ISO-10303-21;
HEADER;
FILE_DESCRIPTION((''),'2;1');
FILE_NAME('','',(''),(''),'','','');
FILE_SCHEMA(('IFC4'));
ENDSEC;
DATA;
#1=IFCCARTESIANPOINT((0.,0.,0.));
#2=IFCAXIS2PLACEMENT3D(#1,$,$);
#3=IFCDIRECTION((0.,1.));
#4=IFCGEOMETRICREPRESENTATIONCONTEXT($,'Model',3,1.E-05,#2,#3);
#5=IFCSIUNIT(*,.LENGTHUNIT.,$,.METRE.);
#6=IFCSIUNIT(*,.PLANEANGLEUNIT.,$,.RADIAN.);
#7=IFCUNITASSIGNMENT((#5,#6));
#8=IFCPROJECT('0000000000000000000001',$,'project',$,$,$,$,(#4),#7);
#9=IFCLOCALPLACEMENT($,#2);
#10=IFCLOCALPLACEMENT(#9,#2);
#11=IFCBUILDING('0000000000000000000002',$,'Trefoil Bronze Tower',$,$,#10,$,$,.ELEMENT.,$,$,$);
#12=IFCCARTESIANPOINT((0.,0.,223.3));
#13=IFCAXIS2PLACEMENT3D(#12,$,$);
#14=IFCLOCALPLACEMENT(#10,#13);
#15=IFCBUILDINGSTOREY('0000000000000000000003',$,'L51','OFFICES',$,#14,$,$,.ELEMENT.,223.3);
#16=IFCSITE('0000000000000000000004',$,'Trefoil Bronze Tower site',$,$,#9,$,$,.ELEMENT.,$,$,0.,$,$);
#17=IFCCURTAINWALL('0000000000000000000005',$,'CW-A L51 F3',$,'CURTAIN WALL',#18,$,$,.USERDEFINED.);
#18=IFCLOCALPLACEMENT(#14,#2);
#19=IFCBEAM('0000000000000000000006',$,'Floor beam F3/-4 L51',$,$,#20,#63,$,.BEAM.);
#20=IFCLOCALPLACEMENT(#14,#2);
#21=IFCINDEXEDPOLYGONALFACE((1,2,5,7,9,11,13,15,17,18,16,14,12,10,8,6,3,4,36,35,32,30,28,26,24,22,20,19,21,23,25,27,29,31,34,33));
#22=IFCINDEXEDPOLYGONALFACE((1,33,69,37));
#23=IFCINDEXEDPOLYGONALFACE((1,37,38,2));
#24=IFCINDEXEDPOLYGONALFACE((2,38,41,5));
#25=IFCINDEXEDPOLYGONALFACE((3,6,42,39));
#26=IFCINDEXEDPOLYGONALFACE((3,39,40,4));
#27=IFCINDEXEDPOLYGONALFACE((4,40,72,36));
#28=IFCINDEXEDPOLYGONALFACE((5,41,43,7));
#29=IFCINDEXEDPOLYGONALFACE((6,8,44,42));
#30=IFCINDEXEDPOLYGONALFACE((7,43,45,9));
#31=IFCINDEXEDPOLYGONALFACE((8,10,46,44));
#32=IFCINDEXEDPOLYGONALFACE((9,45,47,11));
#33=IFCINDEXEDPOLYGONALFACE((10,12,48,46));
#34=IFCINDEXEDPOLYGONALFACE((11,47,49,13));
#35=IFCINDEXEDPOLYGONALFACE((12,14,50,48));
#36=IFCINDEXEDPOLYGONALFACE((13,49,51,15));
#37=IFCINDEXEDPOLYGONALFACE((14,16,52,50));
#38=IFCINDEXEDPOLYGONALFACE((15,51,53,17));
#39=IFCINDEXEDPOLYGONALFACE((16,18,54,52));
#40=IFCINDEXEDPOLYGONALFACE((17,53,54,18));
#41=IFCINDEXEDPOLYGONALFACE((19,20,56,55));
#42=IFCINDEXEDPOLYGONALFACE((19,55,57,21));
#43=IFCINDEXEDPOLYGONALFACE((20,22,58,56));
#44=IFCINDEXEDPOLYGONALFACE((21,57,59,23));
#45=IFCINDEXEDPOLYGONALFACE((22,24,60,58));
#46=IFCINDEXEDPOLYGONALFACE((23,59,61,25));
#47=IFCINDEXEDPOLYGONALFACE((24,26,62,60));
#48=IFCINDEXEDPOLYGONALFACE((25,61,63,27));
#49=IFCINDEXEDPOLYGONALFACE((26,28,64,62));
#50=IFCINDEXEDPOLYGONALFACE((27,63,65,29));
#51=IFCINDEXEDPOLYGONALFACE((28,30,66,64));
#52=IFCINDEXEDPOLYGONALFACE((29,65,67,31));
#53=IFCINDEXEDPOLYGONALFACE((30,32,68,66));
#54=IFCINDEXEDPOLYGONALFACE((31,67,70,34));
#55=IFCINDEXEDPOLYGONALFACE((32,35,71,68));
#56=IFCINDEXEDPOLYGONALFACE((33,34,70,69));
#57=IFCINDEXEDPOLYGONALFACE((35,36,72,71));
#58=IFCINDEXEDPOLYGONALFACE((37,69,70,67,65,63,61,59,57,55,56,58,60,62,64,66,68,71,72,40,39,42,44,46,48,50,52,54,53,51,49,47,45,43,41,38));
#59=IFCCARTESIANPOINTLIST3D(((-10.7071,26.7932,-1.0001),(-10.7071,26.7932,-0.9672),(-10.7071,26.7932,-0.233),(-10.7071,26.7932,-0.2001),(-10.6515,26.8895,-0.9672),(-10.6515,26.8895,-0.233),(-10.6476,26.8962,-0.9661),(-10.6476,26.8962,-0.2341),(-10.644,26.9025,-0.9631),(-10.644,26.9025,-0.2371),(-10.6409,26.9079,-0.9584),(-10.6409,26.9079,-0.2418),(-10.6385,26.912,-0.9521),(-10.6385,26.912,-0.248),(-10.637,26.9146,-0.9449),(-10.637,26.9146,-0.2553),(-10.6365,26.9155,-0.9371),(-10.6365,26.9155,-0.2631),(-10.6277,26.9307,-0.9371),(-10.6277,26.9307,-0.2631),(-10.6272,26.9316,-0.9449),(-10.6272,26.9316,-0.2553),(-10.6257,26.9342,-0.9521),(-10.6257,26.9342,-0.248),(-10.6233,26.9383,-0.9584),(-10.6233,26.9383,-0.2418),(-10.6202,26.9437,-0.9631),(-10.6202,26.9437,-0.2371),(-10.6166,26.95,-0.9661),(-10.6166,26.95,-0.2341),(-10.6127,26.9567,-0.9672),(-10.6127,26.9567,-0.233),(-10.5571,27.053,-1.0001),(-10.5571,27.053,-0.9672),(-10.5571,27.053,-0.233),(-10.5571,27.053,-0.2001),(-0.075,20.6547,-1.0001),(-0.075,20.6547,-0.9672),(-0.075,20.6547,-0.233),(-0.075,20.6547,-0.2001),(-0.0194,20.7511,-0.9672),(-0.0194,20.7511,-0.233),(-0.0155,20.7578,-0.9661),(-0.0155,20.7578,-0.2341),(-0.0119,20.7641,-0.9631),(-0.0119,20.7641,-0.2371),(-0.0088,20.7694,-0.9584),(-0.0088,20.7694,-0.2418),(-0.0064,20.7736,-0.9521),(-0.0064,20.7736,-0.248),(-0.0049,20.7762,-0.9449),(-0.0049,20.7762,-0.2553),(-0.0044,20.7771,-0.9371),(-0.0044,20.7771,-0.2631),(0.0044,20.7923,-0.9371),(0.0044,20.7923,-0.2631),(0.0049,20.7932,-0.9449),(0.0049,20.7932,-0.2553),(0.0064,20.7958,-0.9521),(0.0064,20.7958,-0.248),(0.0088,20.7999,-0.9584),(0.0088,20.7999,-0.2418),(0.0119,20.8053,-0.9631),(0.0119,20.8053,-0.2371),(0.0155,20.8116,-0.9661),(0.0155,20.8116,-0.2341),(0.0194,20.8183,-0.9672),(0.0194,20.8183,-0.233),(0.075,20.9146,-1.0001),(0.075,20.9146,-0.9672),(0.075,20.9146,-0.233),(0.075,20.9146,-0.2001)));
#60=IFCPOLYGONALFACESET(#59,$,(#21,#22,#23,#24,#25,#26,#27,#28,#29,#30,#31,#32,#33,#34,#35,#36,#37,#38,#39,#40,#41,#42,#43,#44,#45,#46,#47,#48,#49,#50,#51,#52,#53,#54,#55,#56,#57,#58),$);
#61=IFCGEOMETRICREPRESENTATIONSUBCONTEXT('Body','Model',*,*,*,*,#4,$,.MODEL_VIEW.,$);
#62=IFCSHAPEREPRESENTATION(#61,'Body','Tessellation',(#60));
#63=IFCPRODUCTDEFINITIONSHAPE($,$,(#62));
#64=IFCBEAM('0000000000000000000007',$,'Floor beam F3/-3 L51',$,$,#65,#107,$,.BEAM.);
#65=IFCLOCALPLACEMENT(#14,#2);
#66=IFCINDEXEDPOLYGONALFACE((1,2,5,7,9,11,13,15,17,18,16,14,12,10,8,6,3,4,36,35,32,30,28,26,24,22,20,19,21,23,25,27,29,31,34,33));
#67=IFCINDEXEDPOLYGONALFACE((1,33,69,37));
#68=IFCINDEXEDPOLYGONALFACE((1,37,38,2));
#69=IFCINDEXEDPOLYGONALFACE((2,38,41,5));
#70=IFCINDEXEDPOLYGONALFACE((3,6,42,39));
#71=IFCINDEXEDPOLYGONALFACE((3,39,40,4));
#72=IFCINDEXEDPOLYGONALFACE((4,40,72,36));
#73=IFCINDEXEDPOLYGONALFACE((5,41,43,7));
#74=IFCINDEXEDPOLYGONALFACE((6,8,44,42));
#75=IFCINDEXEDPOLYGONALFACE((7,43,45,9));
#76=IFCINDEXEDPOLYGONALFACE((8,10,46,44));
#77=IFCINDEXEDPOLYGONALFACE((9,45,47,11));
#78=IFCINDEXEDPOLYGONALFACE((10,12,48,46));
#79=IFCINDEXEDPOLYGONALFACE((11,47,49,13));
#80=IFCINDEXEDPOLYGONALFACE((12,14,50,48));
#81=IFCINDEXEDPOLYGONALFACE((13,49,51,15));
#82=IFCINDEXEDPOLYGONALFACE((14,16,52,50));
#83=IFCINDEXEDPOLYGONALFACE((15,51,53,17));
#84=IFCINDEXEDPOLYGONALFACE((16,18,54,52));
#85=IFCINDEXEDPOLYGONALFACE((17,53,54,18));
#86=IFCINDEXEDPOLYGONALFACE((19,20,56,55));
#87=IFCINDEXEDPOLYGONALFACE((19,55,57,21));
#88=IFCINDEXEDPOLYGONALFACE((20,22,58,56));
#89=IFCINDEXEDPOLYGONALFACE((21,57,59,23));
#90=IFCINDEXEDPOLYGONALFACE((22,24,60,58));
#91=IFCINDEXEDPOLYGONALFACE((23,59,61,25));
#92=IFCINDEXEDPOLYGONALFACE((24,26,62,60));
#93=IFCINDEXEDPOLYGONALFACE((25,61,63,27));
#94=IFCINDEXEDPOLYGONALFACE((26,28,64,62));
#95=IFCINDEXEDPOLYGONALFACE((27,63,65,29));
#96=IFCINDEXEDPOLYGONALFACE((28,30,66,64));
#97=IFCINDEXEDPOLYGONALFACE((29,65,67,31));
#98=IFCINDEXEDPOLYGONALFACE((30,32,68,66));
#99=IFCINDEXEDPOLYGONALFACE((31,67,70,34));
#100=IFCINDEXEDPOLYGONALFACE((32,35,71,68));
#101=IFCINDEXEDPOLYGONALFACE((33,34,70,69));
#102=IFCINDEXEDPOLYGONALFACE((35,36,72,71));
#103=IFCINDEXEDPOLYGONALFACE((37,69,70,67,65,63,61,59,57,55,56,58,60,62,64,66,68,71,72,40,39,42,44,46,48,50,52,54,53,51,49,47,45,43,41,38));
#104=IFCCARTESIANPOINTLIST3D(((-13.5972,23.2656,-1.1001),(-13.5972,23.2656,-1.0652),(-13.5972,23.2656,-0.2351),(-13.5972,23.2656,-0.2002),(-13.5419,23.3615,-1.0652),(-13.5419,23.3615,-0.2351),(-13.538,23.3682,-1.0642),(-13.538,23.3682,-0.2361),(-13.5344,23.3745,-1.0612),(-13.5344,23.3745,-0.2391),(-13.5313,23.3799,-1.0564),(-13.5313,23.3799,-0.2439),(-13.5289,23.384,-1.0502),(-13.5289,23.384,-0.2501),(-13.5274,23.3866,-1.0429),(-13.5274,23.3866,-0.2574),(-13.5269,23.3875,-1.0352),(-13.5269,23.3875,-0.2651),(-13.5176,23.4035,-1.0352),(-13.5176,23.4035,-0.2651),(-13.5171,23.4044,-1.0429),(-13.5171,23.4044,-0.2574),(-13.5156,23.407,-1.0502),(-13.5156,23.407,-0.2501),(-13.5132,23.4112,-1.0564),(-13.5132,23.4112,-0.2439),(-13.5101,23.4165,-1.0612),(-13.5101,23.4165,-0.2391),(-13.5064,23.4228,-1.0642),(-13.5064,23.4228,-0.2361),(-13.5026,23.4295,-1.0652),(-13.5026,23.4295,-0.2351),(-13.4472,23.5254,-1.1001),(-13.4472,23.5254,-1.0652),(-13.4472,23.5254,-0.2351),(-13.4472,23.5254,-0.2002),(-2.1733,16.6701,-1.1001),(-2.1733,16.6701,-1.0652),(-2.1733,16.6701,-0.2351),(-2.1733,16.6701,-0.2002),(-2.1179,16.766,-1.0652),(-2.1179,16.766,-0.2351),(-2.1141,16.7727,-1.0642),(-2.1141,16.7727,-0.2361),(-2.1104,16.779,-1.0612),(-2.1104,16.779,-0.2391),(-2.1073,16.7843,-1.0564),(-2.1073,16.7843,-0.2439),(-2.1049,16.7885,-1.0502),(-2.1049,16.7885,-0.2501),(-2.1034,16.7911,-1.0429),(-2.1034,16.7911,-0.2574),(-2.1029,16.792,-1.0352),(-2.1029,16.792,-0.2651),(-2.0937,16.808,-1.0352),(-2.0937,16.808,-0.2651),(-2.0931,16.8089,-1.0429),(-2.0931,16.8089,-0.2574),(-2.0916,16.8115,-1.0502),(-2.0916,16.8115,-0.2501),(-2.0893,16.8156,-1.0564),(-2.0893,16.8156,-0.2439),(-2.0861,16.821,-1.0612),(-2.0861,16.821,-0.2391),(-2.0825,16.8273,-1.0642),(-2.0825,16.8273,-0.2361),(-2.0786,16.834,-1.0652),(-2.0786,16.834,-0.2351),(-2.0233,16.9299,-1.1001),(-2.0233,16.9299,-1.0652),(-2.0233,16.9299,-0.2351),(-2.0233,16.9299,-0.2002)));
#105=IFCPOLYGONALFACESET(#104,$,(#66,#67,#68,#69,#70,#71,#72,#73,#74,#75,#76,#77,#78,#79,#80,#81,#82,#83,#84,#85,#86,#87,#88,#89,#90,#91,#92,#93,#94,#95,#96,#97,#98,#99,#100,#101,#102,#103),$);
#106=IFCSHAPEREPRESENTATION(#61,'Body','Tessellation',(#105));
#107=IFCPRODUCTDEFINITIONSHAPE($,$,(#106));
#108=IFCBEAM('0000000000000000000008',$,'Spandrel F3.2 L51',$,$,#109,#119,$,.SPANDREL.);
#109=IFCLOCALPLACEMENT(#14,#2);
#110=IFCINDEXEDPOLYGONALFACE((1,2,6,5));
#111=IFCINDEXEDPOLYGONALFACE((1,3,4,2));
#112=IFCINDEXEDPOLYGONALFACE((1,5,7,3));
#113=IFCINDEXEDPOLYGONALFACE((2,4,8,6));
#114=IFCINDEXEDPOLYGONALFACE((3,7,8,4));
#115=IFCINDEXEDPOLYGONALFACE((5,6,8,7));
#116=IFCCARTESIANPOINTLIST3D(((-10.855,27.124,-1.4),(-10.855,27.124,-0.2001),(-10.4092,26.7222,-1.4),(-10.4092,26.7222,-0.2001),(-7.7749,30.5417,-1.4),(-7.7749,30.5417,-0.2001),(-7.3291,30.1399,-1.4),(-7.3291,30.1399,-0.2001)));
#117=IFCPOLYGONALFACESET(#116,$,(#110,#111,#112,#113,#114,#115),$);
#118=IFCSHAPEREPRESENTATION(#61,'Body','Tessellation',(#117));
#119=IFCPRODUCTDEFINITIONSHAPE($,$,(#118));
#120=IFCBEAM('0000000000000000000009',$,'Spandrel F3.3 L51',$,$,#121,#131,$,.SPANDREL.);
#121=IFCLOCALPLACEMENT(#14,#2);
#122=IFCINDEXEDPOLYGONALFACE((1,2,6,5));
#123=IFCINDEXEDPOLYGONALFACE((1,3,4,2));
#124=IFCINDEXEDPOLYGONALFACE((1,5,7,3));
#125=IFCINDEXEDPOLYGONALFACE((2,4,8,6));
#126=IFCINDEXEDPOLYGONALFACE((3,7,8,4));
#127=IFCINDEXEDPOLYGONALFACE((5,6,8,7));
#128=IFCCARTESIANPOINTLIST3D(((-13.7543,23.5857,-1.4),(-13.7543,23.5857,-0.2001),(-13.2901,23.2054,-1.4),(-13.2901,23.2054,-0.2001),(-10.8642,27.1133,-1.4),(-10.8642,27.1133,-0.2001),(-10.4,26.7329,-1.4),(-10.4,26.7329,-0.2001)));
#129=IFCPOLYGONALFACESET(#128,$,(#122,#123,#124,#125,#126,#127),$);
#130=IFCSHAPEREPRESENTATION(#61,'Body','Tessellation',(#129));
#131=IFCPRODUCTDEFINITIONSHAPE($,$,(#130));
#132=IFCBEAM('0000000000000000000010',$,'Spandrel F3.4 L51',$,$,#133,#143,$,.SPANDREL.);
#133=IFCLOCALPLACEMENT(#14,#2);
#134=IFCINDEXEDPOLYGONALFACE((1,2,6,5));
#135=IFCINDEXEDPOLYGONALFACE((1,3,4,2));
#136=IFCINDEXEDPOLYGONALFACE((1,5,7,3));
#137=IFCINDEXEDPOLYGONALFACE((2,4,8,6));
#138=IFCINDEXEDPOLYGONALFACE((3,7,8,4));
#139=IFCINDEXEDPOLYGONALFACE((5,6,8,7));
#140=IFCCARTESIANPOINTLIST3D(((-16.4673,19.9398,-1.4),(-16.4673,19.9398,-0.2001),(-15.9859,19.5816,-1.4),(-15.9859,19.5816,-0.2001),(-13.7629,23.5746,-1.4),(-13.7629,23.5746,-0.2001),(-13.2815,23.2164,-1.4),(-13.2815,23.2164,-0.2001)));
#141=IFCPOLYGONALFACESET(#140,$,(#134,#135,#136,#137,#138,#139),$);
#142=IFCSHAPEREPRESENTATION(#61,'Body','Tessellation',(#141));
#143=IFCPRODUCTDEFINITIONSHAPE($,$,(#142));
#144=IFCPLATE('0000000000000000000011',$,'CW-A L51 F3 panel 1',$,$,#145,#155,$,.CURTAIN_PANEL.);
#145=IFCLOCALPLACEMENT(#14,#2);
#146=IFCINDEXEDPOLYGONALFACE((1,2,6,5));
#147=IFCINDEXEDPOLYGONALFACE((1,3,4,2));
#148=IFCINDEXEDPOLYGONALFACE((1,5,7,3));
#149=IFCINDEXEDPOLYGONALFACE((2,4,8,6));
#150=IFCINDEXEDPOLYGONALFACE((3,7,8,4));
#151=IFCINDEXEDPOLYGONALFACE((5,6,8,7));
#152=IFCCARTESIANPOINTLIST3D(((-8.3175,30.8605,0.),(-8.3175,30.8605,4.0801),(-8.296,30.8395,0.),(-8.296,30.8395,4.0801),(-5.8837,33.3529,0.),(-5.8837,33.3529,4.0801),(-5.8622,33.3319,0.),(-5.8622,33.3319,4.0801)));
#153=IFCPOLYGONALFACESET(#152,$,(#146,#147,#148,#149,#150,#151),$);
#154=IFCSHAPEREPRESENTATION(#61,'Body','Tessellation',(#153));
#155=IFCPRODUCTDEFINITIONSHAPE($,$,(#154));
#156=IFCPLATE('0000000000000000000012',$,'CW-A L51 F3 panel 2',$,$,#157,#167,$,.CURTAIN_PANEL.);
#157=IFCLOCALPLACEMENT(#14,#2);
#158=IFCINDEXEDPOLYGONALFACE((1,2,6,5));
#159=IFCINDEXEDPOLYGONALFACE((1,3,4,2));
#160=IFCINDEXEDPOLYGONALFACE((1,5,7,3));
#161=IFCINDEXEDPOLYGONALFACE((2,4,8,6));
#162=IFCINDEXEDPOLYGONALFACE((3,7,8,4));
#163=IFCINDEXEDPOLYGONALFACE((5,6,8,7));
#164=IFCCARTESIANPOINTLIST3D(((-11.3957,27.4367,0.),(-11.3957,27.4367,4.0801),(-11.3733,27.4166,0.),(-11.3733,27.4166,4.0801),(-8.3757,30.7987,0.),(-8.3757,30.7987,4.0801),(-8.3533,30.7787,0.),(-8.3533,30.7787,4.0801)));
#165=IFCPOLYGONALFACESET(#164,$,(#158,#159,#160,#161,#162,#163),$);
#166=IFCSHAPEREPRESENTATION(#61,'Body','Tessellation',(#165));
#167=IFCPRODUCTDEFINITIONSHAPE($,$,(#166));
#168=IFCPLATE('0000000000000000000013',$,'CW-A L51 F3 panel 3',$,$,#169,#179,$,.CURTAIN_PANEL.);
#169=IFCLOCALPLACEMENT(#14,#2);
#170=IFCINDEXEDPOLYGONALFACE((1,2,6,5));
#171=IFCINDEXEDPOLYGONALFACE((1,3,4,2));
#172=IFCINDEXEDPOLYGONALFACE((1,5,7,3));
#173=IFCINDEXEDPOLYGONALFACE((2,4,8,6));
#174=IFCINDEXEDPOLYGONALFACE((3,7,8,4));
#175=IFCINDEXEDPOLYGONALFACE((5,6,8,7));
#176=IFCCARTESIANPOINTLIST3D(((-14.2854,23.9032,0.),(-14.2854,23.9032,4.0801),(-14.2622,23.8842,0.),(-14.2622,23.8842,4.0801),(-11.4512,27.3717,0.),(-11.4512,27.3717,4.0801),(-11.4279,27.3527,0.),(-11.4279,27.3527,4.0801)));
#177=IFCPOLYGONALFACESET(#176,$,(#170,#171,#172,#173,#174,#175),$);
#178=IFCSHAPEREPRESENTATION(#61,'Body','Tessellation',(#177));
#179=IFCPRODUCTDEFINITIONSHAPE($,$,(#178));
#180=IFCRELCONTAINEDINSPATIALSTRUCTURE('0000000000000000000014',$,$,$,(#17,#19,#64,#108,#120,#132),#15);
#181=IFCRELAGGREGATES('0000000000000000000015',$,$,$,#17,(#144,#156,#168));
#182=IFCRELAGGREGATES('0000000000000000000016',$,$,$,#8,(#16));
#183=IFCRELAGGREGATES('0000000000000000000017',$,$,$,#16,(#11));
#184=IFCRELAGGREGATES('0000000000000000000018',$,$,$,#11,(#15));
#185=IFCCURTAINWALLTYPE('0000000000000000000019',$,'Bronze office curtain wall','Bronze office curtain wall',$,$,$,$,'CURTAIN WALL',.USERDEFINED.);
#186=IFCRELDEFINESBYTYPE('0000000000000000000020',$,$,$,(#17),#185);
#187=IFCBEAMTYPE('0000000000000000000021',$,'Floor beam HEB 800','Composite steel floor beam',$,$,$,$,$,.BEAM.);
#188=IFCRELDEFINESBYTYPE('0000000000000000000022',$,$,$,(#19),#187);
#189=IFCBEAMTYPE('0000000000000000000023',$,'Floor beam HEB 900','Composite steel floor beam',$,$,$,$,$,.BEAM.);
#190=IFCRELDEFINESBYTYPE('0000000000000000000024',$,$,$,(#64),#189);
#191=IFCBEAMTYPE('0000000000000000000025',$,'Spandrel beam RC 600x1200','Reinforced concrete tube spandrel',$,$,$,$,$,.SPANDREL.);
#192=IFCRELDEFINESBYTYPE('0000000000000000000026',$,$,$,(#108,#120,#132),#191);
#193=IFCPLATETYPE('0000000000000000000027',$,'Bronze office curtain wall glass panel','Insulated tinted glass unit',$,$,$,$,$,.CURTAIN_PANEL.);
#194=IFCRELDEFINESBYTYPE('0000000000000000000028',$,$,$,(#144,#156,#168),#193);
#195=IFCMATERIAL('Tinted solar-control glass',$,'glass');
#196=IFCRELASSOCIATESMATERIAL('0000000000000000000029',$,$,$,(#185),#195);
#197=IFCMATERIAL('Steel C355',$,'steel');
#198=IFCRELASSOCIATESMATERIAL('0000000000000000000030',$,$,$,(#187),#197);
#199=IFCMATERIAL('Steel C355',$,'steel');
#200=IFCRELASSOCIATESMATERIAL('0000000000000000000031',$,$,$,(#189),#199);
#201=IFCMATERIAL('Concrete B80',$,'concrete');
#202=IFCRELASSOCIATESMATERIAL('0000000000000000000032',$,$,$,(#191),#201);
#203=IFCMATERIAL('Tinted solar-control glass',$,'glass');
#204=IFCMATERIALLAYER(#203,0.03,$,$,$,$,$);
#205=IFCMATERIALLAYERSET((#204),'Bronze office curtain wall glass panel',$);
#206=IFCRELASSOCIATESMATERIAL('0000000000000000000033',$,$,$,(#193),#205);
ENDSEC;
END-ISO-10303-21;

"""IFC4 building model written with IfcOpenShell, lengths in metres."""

from ifc_helpers import new_model, si_unit, direction, frame, origin, origin_2d, place, context, subcontext, project, spatial, rectangle, i_section, extrude, material, layer, layer_set, material_profile, profile_set, type_object, element, aggregate, save


model = new_model("IFC4")

# Units and contexts
model_context = context("Model", 3, precision=1e-05, world=origin(), true_north=direction((0.0, 1.0)))
body_context = subcontext(model_context, "Body", "Model", "MODEL_VIEW")
ifc_project = project(units=[si_unit("LENGTHUNIT", "METRE"), si_unit("PLANEANGLEUNIT", "RADIAN")], contexts=[model_context])

# Site, building, storey
site_placement = place(None, origin())
site = spatial("IfcSite", under=ifc_project, at=site_placement, Name="Trefoil Bronze Tower site", CompositionType="ELEMENT", RefElevation=0.0)
building_placement = place(site_placement, origin())
building = spatial("IfcBuilding", under=site, at=building_placement, Name="Trefoil Bronze Tower", CompositionType="ELEMENT")
storey_placement = place(building_placement, frame((0.0, 0.0, 223.3)))
storey = spatial("IfcBuildingStorey", under=building, at=storey_placement, Name="L51", Description="OFFICES", CompositionType="ELEMENT", Elevation=223.3)

# Curtain wall
ifc_material_1 = material(Name="Tinted solar-control glass", Category="glass")
curtain_wall_type_1 = type_object("IfcCurtainWallType", Name="Bronze office curtain wall", Description="Bronze office curtain wall", ElementType="CURTAIN WALL", PredefinedType="USERDEFINED", material=ifc_material_1)
curtain_wall_1_placement = place(storey_placement, origin())
curtain_wall_1 = element("IfcCurtainWall", 1, at=curtain_wall_1_placement, inside=storey, type_object=curtain_wall_type_1, Name="CW-A L51 F3", ObjectType="CURTAIN WALL", PredefinedType="USERDEFINED")

# Beams
ifc_material_2 = material(Name="Steel C355", Category="steel")
ifc_material_profile_1 = material_profile(ifc_material_2, i_section(OverallWidth=0.3, OverallDepth=0.8, WebThickness=0.0176, FlangeThickness=0.033, FilletRadius=0.03, at=origin_2d()), Name="HEB 800")
ifc_profile_set_1 = profile_set([ifc_material_profile_1], Name="Steel C355")
beam_type_1 = type_object("IfcBeamType", Name="Floor beam HEB 800", Description="Composite steel floor beam", PredefinedType="BEAM", material=ifc_profile_set_1)
beam_1_placement = place(storey_placement, frame((-10.6321, 26.9231, -0.6001), z_axis=(0.866026, -0.5, 0.0), x_axis=(0.5, 0.866026, 0.0)))
element("IfcBeam", 2, at=beam_1_placement, inside=storey, type_object=beam_type_1, Name="Floor beam F3/-4 L51", PredefinedType="BEAM", context=body_context, shape_type="SweptSolid", body=[
    extrude(i_section(OverallWidth=0.3, OverallDepth=0.8, WebThickness=0.0176, FlangeThickness=0.033, FilletRadius=0.03, at=origin_2d()), origin(), (0.0, 0.0, 1.0), 12.2769),
])
ifc_material_3 = material(Name="Steel C355", Category="steel")
ifc_material_profile_2 = material_profile(ifc_material_3, i_section(OverallWidth=0.3, OverallDepth=0.8999, WebThickness=0.0186, FlangeThickness=0.0349, FilletRadius=0.03, at=origin_2d()), Name="HEB 900")
ifc_profile_set_2 = profile_set([ifc_material_profile_2], Name="Steel C355")
beam_type_2 = type_object("IfcBeamType", Name="Floor beam HEB 900", Description="Composite steel floor beam", PredefinedType="BEAM", material=ifc_profile_set_2)
beam_2_placement = place(storey_placement, frame((-13.5222, 23.3955, -0.6501), z_axis=(0.866028, -0.499995, 0.0), x_axis=(0.499995, 0.866028, 0.0)))
element("IfcBeam", 3, at=beam_2_placement, inside=storey, type_object=beam_type_2, Name="Floor beam F3/-3 L51", PredefinedType="BEAM", context=body_context, shape_type="SweptSolid", body=[
    extrude(i_section(OverallWidth=0.3, OverallDepth=0.8999, WebThickness=0.0186, FlangeThickness=0.0349, FilletRadius=0.03, at=origin_2d()), origin(), (0.0, 0.0, 1.0), 13.1912),
])
ifc_material_4 = material(Name="Concrete B80", Category="concrete")
ifc_material_profile_3 = material_profile(ifc_material_4, rectangle(XDim=0.6001, YDim=1.2, at=origin_2d()), Name="RC 600x1200")
ifc_profile_set_3 = profile_set([ifc_material_profile_3], Name="Concrete B80")
beam_type_3 = type_object("IfcBeamType", Name="Spandrel beam RC 600x1200", Description="Reinforced concrete tube spandrel", PredefinedType="SPANDREL", material=ifc_profile_set_3)
beam_3_placement = place(storey_placement, frame((-7.552, 30.3408, -0.8), z_axis=(-0.66946, -0.742848, 0.0), x_axis=(0.742848, -0.66946, 0.0)))
element("IfcBeam", 4, at=beam_3_placement, inside=storey, type_object=beam_type_3, Name="Spandrel F3.2 L51", PredefinedType="SPANDREL", context=body_context, shape_type="SweptSolid", body=[
    extrude(rectangle(XDim=0.6001, YDim=1.2, at=origin_2d()), origin(), (0.0, 0.0, 1.0), 4.6008),
])
beam_4_placement = place(storey_placement, frame((-10.6321, 26.9231, -0.8), z_axis=(-0.633754, -0.773535, 0.0), x_axis=(0.773535, -0.633754, 0.0)))
element("IfcBeam", 5, at=beam_4_placement, inside=storey, type_object=beam_type_3, Name="Spandrel F3.3 L51", PredefinedType="SPANDREL", context=body_context, shape_type="SweptSolid", body=[
    extrude(rectangle(XDim=0.6001, YDim=1.2, at=origin_2d()), origin(), (0.0, 0.0, 1.0), 4.5603),
])
beam_5_placement = place(storey_placement, frame((-13.5222, 23.3955, -0.8), z_axis=(-0.596926, -0.802296, 0.0), x_axis=(0.802296, -0.596926, 0.0)))
element("IfcBeam", 6, at=beam_5_placement, inside=storey, type_object=beam_type_3, Name="Spandrel F3.4 L51", PredefinedType="SPANDREL", context=body_context, shape_type="SweptSolid", body=[
    extrude(rectangle(XDim=0.6001, YDim=1.2, at=origin_2d()), origin(), (0.0, 0.0, 1.0), 4.5305),
])

# Plates
ifc_material_5 = material(Name="Tinted solar-control glass", Category="glass")
ifc_layer_1 = layer(ifc_material_5, 0.03)
ifc_layer_set_1 = layer_set([ifc_layer_1], Name="Bronze office curtain wall glass panel")
plate_type_1 = type_object("IfcPlateType", Name="Bronze office curtain wall glass panel", Description="Insulated tinted glass unit", PredefinedType="CURTAIN_PANEL", material=ifc_layer_set_1)
plate_1_placement = place(storey_placement, frame((-7.0898, 32.0962, 0.0), z_axis=(0.0, 0.0, 1.0), x_axis=(-0.698652, -0.715462, 0.0)))
plate_1 = element("IfcPlate", 7, at=plate_1_placement, type_object=plate_type_1, Name="CW-A L51 F3 panel 1", PredefinedType="CURTAIN_PANEL", context=body_context, shape_type="SweptSolid", body=[
    extrude(rectangle(XDim=3.4836, YDim=0.03, at=origin_2d()), origin(), (0.0, 0.0, 1.0), 4.0801),
])
plate_2_placement = place(storey_placement, frame((-9.8745, 29.1077, 0.0), z_axis=(0.0, 0.0, 1.0), x_axis=(-0.668246, -0.743941, 0.0)))
plate_2 = element("IfcPlate", 8, at=plate_2_placement, type_object=plate_type_1, Name="CW-A L51 F3 panel 2", PredefinedType="CURTAIN_PANEL", context=body_context, shape_type="SweptSolid", body=[
    extrude(rectangle(XDim=4.5193, YDim=0.03, at=origin_2d()), origin(), (0.0, 0.0, 1.0), 4.0801),
])
plate_3_placement = place(storey_placement, frame((-12.8567, 25.6279, 0.0), z_axis=(0.0, 0.0, 1.0), x_axis=(-0.632753, -0.774354, 0.0)))
plate_3 = element("IfcPlate", 9, at=plate_3_placement, type_object=plate_type_1, Name="CW-A L51 F3 panel 3", PredefinedType="CURTAIN_PANEL", context=body_context, shape_type="SweptSolid", body=[
    extrude(rectangle(XDim=4.4792, YDim=0.03, at=origin_2d()), origin(), (0.0, 0.0, 1.0), 4.0801),
])
aggregate(curtain_wall_1, [plate_1, plate_2, plate_3])

save(model, "model.ifc")
